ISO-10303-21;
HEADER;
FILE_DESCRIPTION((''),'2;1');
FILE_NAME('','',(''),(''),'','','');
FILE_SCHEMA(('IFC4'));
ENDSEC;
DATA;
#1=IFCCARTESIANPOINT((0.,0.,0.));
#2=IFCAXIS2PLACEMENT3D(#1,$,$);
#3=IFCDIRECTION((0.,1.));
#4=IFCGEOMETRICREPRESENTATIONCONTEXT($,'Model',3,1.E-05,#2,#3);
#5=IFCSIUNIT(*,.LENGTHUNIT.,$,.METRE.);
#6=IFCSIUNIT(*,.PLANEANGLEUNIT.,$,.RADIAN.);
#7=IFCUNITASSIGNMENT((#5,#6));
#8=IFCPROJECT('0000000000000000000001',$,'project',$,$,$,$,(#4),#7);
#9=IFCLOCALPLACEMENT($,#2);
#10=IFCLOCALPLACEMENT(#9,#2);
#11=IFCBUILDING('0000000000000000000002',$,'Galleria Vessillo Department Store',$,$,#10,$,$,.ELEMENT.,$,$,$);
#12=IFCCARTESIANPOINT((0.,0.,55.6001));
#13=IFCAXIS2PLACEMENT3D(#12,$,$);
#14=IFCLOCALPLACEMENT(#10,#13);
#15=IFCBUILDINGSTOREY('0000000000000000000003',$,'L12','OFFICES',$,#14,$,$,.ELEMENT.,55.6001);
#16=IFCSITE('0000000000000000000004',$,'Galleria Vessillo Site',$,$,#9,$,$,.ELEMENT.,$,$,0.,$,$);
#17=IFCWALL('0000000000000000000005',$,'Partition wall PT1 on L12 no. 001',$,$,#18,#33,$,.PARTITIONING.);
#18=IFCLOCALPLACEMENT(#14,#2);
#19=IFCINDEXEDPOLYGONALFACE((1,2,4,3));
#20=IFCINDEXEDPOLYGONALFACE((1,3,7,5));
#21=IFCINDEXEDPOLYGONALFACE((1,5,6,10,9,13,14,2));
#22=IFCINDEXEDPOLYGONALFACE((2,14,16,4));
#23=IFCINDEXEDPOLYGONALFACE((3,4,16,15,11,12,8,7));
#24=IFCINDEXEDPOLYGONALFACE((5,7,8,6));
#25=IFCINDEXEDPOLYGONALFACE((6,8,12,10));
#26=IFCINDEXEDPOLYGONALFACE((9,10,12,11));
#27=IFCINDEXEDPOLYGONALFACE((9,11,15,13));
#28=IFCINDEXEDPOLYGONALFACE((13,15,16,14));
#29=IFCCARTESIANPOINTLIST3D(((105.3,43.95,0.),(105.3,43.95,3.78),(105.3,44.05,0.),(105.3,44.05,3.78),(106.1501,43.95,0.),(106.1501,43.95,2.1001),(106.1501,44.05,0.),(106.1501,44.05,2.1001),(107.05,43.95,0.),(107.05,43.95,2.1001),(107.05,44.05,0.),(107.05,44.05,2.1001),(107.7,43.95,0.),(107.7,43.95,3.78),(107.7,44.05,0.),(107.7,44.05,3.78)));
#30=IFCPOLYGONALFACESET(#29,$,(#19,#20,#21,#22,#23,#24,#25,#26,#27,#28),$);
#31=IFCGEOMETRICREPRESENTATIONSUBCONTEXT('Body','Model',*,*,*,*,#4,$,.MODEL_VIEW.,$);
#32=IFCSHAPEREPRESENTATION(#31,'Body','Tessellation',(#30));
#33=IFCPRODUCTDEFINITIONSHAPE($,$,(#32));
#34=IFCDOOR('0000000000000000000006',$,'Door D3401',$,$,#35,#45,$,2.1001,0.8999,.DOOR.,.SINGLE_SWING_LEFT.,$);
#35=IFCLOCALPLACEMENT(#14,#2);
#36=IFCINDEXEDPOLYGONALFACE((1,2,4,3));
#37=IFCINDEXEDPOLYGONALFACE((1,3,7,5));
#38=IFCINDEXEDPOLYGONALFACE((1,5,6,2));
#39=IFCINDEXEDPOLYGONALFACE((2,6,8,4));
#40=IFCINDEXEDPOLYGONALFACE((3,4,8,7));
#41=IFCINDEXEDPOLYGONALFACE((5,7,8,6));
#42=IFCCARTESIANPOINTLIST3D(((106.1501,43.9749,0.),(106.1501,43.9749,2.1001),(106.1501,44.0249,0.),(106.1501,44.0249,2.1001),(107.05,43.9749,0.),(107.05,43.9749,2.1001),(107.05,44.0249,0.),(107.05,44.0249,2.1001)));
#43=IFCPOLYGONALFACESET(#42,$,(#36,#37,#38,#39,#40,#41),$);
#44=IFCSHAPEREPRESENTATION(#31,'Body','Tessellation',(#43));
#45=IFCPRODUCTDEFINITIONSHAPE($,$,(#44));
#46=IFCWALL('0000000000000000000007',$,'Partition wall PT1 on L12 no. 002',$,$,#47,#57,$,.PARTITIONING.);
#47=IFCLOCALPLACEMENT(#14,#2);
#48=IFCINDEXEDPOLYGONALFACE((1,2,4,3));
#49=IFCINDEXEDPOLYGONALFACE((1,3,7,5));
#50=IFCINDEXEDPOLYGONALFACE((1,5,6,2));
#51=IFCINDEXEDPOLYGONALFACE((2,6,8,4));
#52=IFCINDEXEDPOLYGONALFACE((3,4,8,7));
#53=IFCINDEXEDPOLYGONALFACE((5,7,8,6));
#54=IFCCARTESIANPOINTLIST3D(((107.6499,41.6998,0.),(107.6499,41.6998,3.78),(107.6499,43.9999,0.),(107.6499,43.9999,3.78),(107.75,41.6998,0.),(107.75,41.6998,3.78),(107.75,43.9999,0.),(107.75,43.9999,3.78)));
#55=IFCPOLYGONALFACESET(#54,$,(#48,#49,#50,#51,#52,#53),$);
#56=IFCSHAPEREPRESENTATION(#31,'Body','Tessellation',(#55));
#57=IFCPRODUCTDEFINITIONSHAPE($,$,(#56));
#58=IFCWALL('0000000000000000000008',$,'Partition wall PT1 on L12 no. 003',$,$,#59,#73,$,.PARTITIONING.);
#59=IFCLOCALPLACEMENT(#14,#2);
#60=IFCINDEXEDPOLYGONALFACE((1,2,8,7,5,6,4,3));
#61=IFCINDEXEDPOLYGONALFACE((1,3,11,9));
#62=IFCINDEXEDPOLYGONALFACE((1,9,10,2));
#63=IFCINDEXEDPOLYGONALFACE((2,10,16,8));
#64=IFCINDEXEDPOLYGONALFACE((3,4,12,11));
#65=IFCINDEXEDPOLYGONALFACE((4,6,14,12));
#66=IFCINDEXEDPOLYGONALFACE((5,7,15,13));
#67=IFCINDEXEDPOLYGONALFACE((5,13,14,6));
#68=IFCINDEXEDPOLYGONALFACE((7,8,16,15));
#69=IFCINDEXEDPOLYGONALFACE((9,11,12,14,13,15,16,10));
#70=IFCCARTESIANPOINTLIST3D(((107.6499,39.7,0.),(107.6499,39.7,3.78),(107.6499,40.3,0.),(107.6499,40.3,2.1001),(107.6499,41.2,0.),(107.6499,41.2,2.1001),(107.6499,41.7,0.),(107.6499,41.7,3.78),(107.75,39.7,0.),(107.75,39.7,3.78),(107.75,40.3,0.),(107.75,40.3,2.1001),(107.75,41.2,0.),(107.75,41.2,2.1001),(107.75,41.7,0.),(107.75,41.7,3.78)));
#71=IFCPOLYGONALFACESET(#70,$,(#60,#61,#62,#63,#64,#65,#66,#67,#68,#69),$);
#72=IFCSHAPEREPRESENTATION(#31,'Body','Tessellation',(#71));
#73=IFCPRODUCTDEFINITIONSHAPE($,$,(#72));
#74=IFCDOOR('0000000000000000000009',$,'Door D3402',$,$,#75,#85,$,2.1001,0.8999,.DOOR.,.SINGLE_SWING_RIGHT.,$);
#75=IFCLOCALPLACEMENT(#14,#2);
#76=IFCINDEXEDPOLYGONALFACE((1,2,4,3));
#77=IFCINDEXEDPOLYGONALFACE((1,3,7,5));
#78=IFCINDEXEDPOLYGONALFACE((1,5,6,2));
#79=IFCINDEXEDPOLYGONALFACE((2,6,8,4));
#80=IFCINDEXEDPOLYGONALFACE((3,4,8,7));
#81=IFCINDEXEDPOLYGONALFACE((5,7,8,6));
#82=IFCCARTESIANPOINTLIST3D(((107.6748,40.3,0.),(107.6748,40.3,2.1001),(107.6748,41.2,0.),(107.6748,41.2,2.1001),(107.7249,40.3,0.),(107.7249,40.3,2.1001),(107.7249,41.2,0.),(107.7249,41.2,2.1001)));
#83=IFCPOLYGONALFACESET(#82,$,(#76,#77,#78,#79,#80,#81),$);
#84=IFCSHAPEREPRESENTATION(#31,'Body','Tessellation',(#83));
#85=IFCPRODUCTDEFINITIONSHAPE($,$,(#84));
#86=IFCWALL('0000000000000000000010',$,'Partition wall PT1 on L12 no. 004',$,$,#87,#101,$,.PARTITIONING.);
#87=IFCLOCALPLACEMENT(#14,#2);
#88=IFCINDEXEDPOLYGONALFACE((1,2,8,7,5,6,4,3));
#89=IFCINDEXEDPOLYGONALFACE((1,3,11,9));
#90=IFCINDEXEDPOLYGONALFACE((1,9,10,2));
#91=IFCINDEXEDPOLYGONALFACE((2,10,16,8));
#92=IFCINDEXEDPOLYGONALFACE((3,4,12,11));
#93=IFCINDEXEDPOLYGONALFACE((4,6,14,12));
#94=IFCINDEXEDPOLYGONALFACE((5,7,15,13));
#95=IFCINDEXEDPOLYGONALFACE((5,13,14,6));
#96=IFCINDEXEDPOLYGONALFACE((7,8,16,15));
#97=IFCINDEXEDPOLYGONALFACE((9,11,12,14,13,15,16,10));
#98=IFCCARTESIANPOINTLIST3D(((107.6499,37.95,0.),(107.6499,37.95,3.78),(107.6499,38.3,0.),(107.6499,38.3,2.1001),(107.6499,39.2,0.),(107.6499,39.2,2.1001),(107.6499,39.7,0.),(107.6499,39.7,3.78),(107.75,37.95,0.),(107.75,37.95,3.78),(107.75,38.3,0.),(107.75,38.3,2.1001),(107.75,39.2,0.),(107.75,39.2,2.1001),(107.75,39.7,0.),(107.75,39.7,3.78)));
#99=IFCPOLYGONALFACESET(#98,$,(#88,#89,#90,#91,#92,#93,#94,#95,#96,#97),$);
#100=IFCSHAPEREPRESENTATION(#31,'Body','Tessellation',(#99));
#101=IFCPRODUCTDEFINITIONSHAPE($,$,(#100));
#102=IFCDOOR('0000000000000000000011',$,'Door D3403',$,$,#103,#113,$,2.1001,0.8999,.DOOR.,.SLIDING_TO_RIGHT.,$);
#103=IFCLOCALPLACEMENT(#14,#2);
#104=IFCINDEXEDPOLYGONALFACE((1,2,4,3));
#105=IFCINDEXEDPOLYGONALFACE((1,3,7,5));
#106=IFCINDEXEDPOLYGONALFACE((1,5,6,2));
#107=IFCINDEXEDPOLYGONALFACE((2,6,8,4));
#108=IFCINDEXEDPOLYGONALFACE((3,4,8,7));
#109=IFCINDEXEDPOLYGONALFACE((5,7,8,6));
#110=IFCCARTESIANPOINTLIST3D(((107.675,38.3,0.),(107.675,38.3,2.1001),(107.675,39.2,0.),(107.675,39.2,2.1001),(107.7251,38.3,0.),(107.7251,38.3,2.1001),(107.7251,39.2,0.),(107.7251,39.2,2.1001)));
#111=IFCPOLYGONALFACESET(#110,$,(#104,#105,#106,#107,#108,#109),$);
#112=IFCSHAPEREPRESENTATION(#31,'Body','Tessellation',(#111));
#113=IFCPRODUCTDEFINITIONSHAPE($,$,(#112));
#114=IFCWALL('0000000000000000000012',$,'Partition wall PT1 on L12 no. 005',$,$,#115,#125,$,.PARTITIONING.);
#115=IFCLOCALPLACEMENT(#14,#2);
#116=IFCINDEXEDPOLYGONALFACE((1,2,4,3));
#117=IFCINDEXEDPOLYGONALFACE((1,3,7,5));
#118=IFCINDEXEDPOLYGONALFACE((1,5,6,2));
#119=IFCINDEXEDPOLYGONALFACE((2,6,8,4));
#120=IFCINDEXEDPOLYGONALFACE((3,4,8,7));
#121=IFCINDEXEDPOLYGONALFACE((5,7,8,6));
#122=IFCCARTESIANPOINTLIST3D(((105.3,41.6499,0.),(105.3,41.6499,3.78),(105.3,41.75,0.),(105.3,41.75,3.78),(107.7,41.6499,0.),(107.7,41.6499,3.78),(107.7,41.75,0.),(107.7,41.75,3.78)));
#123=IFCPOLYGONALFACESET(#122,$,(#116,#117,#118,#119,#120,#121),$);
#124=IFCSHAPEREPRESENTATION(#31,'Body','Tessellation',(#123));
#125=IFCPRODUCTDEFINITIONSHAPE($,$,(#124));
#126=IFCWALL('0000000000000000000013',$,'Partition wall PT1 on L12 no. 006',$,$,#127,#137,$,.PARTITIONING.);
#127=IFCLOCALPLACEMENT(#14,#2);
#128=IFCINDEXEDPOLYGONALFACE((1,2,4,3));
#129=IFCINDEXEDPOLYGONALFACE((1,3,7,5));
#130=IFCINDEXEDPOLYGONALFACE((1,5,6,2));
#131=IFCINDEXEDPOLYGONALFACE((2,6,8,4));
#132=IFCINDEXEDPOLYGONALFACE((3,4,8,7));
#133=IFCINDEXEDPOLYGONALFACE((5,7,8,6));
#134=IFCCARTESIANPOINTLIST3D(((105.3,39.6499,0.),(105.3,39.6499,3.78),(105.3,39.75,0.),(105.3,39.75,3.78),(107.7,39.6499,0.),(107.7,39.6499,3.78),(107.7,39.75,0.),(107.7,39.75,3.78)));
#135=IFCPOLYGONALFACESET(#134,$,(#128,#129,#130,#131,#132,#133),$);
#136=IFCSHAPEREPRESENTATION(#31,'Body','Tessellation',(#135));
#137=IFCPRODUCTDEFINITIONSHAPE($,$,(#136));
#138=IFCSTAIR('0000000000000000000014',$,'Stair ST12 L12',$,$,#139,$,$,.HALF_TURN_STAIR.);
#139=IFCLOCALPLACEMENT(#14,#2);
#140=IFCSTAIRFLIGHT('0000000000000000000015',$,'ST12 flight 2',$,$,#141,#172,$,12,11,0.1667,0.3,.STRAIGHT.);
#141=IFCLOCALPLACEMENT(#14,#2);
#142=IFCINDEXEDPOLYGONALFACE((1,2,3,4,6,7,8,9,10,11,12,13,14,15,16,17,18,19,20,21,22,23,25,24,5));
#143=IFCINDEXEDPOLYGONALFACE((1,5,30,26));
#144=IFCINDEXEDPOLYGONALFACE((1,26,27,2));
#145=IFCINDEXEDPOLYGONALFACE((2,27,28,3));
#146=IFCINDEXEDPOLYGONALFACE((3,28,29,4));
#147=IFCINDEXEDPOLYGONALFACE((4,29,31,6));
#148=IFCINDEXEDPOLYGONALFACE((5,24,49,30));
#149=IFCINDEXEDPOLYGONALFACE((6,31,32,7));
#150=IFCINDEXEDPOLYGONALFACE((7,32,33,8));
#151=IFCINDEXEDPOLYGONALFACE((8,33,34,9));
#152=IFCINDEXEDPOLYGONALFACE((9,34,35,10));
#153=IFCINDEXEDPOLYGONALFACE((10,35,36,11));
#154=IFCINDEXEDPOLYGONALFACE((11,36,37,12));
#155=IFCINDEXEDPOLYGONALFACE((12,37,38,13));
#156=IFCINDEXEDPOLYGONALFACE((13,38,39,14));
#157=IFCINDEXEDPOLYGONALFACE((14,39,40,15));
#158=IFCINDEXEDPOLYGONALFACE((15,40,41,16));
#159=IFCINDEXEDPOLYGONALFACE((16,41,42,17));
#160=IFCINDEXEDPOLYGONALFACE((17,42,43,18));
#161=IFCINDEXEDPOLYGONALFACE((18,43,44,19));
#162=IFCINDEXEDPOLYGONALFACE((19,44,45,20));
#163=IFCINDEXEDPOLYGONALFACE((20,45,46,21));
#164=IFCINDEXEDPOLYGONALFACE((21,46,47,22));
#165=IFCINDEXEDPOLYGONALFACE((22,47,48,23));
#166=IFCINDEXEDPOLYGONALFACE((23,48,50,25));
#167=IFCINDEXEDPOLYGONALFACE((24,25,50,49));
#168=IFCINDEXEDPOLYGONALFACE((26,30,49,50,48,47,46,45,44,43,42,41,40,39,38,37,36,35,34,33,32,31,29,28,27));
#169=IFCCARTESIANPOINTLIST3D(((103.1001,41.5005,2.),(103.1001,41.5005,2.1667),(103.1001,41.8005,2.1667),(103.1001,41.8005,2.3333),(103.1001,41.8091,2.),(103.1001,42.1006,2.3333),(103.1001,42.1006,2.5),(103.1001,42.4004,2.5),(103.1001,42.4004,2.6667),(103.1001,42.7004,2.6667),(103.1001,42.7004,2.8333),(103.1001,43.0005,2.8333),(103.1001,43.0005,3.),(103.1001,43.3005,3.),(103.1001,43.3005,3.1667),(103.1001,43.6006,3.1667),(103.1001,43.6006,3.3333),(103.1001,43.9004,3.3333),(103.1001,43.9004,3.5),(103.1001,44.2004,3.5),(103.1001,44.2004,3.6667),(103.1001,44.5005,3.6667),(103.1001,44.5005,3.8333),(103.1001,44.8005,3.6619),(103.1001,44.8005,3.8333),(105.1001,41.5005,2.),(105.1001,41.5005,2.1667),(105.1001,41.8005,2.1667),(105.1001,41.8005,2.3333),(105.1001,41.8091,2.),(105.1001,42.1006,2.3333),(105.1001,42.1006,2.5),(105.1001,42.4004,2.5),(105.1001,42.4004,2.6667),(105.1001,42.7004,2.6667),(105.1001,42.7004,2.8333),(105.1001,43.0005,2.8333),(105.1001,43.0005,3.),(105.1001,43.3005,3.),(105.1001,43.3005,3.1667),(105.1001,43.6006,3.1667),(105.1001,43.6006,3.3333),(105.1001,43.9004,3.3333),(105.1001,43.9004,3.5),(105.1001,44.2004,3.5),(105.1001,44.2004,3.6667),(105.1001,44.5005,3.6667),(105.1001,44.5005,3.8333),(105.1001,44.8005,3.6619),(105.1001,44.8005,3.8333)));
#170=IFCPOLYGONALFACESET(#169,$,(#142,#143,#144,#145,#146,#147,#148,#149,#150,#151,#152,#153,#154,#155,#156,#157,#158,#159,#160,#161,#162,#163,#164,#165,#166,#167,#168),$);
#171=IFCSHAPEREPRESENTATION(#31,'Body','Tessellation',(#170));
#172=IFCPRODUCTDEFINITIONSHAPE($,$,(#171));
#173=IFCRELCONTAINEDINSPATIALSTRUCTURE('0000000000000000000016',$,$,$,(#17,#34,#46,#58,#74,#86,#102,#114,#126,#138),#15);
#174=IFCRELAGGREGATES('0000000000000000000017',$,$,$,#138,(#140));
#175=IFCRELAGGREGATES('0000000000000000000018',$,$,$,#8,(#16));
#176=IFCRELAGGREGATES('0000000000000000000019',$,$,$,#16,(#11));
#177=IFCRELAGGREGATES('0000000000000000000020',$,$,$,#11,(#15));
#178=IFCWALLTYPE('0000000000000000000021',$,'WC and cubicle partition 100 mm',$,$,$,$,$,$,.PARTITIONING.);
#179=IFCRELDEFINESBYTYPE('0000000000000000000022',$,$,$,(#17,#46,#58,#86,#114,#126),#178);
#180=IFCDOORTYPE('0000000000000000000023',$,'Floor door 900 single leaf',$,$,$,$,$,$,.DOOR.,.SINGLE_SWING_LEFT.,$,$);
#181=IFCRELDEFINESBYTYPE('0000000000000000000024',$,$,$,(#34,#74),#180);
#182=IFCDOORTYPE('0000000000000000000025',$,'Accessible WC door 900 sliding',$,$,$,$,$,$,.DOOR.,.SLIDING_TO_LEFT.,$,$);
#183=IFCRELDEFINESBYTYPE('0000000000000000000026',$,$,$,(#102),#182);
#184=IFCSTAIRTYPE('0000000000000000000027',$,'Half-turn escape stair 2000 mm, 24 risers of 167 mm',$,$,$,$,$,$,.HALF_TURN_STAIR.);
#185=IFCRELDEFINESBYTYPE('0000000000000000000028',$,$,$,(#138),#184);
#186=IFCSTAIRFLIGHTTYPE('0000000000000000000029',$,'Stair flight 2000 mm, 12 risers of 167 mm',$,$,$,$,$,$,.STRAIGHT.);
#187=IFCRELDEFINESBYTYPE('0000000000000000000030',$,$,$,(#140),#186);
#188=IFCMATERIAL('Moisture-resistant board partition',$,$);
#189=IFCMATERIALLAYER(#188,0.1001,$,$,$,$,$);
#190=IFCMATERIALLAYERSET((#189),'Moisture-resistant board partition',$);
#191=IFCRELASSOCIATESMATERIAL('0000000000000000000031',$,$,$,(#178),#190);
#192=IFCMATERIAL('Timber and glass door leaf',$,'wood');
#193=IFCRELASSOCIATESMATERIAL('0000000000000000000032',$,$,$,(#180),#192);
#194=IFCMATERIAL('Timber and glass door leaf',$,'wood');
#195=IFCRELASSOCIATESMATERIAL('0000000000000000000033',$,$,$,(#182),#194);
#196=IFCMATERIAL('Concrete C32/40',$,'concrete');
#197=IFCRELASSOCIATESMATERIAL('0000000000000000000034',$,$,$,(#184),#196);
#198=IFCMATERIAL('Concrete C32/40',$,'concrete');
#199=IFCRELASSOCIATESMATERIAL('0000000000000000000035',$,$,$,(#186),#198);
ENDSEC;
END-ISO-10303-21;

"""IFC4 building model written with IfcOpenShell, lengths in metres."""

from ifc_helpers import new_model, si_unit, direction, frame, frame_2d, origin, place, context, subcontext, project, spatial, polyline, rectangle, outline, extrude, material, layer, layer_set, type_object, element, fill, aggregate, save


model = new_model("IFC4")

# Units and contexts
model_context = context("Model", 3, precision=1e-05, world=origin(), true_north=direction((0.0, 1.0)))
body_context = subcontext(model_context, "Body", "Model", "MODEL_VIEW")
ifc_project = project(units=[si_unit("LENGTHUNIT", "METRE"), si_unit("PLANEANGLEUNIT", "RADIAN")], contexts=[model_context])

# Site, building, storey
site_placement = place(None, origin())
site = spatial("IfcSite", under=ifc_project, at=site_placement, Name="Galleria Vessillo Site", CompositionType="ELEMENT", RefElevation=0.0)
building_placement = place(site_placement, origin())
building = spatial("IfcBuilding", under=site, at=building_placement, Name="Galleria Vessillo Department Store", CompositionType="ELEMENT")
storey_placement = place(building_placement, frame((0.0, 0.0, 55.6001)))
storey = spatial("IfcBuildingStorey", under=building, at=storey_placement, Name="L12", Description="OFFICES", CompositionType="ELEMENT", Elevation=55.6001)

# Wall, opening, door
ifc_material_1 = material(Name="Moisture-resistant board partition")
ifc_layer_1 = layer(ifc_material_1, 0.1001)
ifc_layer_set_1 = layer_set([ifc_layer_1], Name="Moisture-resistant board partition")
wall_type_1 = type_object("IfcWallType", Name="WC and cubicle partition 100 mm", PredefinedType="PARTITIONING", material=ifc_layer_set_1)
wall_1_placement = place(storey_placement, frame((105.3, 44.0, 0.0), z_axis=(0.0, 0.0, 1.0), x_axis=(1.0, 0.0, 0.0)))
wall_1 = element("IfcWall", 1, at=wall_1_placement, inside=storey, type_object=wall_type_1, Name="Partition wall PT1 on L12 no. 001", PredefinedType="PARTITIONING", context=body_context, shape_type="SweptSolid", body=[
    extrude(rectangle(XDim=2.3999, YDim=0.1001, at=frame_2d((1.2, 0.0))), origin(), (0.0, 0.0, 1.0), 3.78),
])
opening_1_placement = place(wall_1_placement, frame((0.8501, 0.0, 0.0)))
opening_1 = element("IfcOpeningElement", 2, at=opening_1_placement, cuts=wall_1, PredefinedType="OPENING", context=body_context, shape_type="SweptSolid", body=[
    extrude(rectangle(XDim=0.8999, YDim=2.1001, at=frame_2d((0.45, 1.05))), frame((0.0, 0.0601, 0.0), z_axis=(0.0, -1.0, 0.0), x_axis=(1.0, 0.0, 0.0)), (0.0, 0.0, 1.0), 0.1201),
])
ifc_material_2 = material(Name="Timber and glass door leaf", Category="wood")
door_type_1 = type_object("IfcDoorType", Name="Floor door 900 single leaf", OperationType="SINGLE_SWING_LEFT", PredefinedType="DOOR", material=ifc_material_2)
door_1_placement = place(opening_1_placement, origin())
door_1 = element("IfcDoor", 3, at=door_1_placement, inside=storey, type_object=door_type_1, Name="Door D3401", OperationType="SINGLE_SWING_LEFT", OverallHeight=2.1001, OverallWidth=0.8999, PredefinedType="DOOR", context=body_context, shape_type="SweptSolid", body=[
    extrude(rectangle(XDim=0.8999, YDim=2.1001, at=frame_2d((0.45, 1.05))), frame((0.0, 0.0249, 0.0), z_axis=(0.0, -1.0, 0.0), x_axis=(1.0, 0.0, 0.0)), (0.0, 0.0, 1.0), 0.05),
])
fill(opening_1, door_1)

# Wall
wall_2_placement = place(storey_placement, frame((107.7, 41.7, 0.0), z_axis=(0.0, 0.0, 1.0), x_axis=(0.0, 1.0, 0.0)))
element("IfcWall", 4, at=wall_2_placement, inside=storey, type_object=wall_type_1, Name="Partition wall PT1 on L12 no. 002", PredefinedType="PARTITIONING", context=body_context, shape_type="SweptSolid", body=[
    extrude(rectangle(XDim=2.3, YDim=0.1001, at=frame_2d((1.1499, 0.0))), origin(), (0.0, 0.0, 1.0), 3.78),
])

# Walls, openings, doors
wall_3_placement = place(storey_placement, frame((107.7, 39.7, 0.0), z_axis=(0.0, 0.0, 1.0), x_axis=(0.0, 1.0, 0.0)))
wall_3 = element("IfcWall", 5, at=wall_3_placement, inside=storey, type_object=wall_type_1, Name="Partition wall PT1 on L12 no. 003", PredefinedType="PARTITIONING", context=body_context, shape_type="SweptSolid", body=[
    extrude(rectangle(XDim=2.0, YDim=0.1001, at=frame_2d((1.0, 0.0))), origin(), (0.0, 0.0, 1.0), 3.78),
])
opening_2_placement = place(wall_3_placement, frame((0.6001, 0.0, 0.0)))
opening_2 = element("IfcOpeningElement", 6, at=opening_2_placement, cuts=wall_3, PredefinedType="OPENING", context=body_context, shape_type="SweptSolid", body=[
    extrude(rectangle(XDim=0.8999, YDim=2.1001, at=frame_2d((0.45, 1.05))), frame((0.0, 0.0601, 0.0), z_axis=(0.0, -1.0, 0.0), x_axis=(1.0, 0.0, 0.0)), (0.0, 0.0, 1.0), 0.1201),
])
door_2_placement = place(opening_2_placement, frame((0.8999, 0.0, 0.0), z_axis=(0.0, 0.0, 1.0), x_axis=(-1.0, 0.0, 0.0)))
door_2 = element("IfcDoor", 7, at=door_2_placement, inside=storey, type_object=door_type_1, Name="Door D3402", OperationType="SINGLE_SWING_RIGHT", OverallHeight=2.1001, OverallWidth=0.8999, PredefinedType="DOOR", context=body_context, shape_type="SweptSolid", body=[
    extrude(rectangle(XDim=0.8999, YDim=2.1001, at=frame_2d((0.45, 1.05))), frame((0.0, 0.0249, 0.0), z_axis=(0.0, -1.0, 0.0), x_axis=(1.0, 0.0, 0.0)), (0.0, 0.0, 1.0), 0.05),
])
fill(opening_2, door_2)
wall_4_placement = place(storey_placement, frame((107.7, 37.95, 0.0), z_axis=(0.0, 0.0, 1.0), x_axis=(0.0, 1.0, 0.0)))
wall_4 = element("IfcWall", 8, at=wall_4_placement, inside=storey, type_object=wall_type_1, Name="Partition wall PT1 on L12 no. 004", PredefinedType="PARTITIONING", context=body_context, shape_type="SweptSolid", body=[
    extrude(rectangle(XDim=1.75, YDim=0.1001, at=frame_2d((0.875, 0.0))), origin(), (0.0, 0.0, 1.0), 3.78),
])
opening_3_placement = place(wall_4_placement, frame((0.3501, 0.0, 0.0)))
opening_3 = element("IfcOpeningElement", 9, at=opening_3_placement, cuts=wall_4, PredefinedType="OPENING", context=body_context, shape_type="SweptSolid", body=[
    extrude(rectangle(XDim=0.8999, YDim=2.1001, at=frame_2d((0.45, 1.05))), frame((0.0, 0.0601, 0.0), z_axis=(0.0, -1.0, 0.0), x_axis=(1.0, 0.0, 0.0)), (0.0, 0.0, 1.0), 0.1201),
])
ifc_material_3 = material(Name="Timber and glass door leaf", Category="wood")
door_type_2 = type_object("IfcDoorType", Name="Accessible WC door 900 sliding", OperationType="SLIDING_TO_LEFT", PredefinedType="DOOR", material=ifc_material_3)
door_3_placement = place(opening_3_placement, origin())
door_3 = element("IfcDoor", 10, at=door_3_placement, inside=storey, type_object=door_type_2, Name="Door D3403", OperationType="SLIDING_TO_RIGHT", OverallHeight=2.1001, OverallWidth=0.8999, PredefinedType="DOOR", context=body_context, shape_type="SweptSolid", body=[
    extrude(rectangle(XDim=0.8999, YDim=2.1001, at=frame_2d((0.45, 1.05))), frame((0.0, 0.0249, 0.0), z_axis=(0.0, -1.0, 0.0), x_axis=(1.0, 0.0, 0.0)), (0.0, 0.0, 1.0), 0.05),
])
fill(opening_3, door_3)

# Walls
for number, where, z_axis, x_axis, name in (
    (11, (105.3, 41.7, 0.0), (0.0, 0.0, 1.0), (1.0, 0.0, 0.0), "Partition wall PT1 on L12 no. 005"),
    (12, (105.3, 39.7, 0.0), (0.0, 0.0, 1.0), (1.0, 0.0, 0.0), "Partition wall PT1 on L12 no. 006"),
):
    element("IfcWall", number, at=place(storey_placement, frame(where, z_axis=z_axis, x_axis=x_axis)), inside=storey, type_object=wall_type_1, Name=name, PredefinedType="PARTITIONING", context=body_context, shape_type="SweptSolid", body=[
        extrude(rectangle(XDim=2.3999, YDim=0.1001, at=frame_2d((1.2, 0.0))), origin(), (0.0, 0.0, 1.0), 3.78),
    ])

# Stair, stair flight
ifc_material_4 = material(Name="Concrete C32/40", Category="concrete")
stair_type = type_object("IfcStairType", Name="Half-turn escape stair 2000 mm, 24 risers of 167 mm", PredefinedType="HALF_TURN_STAIR", material=ifc_material_4)
stair_placement = place(storey_placement, origin())
stair = element("IfcStair", 13, at=stair_placement, inside=storey, type_object=stair_type, Name="Stair ST12 L12", PredefinedType="HALF_TURN_STAIR")
ifc_material_5 = material(Name="Concrete C32/40", Category="concrete")
stair_flight_type = type_object("IfcStairFlightType", Name="Stair flight 2000 mm, 12 risers of 167 mm", PredefinedType="STRAIGHT", material=ifc_material_5)
stair_flight_placement = place(storey_placement, frame((104.1001, 41.5005, 2.0), z_axis=(0.0, 0.0, 1.0), x_axis=(0.0, 1.0, 0.0)))
stair_flight = element("IfcStairFlight", 14, at=stair_flight_placement, type_object=stair_flight_type, Name="ST12 flight 2", NumberOfRisers=12, NumberOfTreads=11, PredefinedType="STRAIGHT", RiserHeight=0.1667, TreadLength=0.3, context=body_context, shape_type="SweptSolid", body=[
    extrude(outline(polyline([(0.0, 0.0), (0.0, 0.1667), (0.3, 0.1667), (0.3, 0.3333), (0.6001, 0.3333), (0.6001, 0.5), (0.8999, 0.5), (0.8999, 0.6667), (1.2, 0.6667), (1.2, 0.8333), (1.5, 0.8333), (1.5, 1.0), (1.8, 1.0), (1.8, 1.1667), (2.1001, 1.1667), (2.1001, 1.3333), (2.3999, 1.3333), (2.3999, 1.5), (2.7, 1.5), (2.7, 1.6667), (3.0, 1.6667), (3.0, 1.8333), (3.3, 1.8333), (3.3, 2.0), (3.3, 1.6619), (0.3086, 0.0), (0.0, 0.0)])), frame((0.0, 1.0, 0.0), z_axis=(0.0, -1.0, 0.0), x_axis=(1.0, 0.0, 0.0)), (0.0, 0.0, 1.0), 2.0),
])
aggregate(stair, [stair_flight])

save(model, "model.ifc")
